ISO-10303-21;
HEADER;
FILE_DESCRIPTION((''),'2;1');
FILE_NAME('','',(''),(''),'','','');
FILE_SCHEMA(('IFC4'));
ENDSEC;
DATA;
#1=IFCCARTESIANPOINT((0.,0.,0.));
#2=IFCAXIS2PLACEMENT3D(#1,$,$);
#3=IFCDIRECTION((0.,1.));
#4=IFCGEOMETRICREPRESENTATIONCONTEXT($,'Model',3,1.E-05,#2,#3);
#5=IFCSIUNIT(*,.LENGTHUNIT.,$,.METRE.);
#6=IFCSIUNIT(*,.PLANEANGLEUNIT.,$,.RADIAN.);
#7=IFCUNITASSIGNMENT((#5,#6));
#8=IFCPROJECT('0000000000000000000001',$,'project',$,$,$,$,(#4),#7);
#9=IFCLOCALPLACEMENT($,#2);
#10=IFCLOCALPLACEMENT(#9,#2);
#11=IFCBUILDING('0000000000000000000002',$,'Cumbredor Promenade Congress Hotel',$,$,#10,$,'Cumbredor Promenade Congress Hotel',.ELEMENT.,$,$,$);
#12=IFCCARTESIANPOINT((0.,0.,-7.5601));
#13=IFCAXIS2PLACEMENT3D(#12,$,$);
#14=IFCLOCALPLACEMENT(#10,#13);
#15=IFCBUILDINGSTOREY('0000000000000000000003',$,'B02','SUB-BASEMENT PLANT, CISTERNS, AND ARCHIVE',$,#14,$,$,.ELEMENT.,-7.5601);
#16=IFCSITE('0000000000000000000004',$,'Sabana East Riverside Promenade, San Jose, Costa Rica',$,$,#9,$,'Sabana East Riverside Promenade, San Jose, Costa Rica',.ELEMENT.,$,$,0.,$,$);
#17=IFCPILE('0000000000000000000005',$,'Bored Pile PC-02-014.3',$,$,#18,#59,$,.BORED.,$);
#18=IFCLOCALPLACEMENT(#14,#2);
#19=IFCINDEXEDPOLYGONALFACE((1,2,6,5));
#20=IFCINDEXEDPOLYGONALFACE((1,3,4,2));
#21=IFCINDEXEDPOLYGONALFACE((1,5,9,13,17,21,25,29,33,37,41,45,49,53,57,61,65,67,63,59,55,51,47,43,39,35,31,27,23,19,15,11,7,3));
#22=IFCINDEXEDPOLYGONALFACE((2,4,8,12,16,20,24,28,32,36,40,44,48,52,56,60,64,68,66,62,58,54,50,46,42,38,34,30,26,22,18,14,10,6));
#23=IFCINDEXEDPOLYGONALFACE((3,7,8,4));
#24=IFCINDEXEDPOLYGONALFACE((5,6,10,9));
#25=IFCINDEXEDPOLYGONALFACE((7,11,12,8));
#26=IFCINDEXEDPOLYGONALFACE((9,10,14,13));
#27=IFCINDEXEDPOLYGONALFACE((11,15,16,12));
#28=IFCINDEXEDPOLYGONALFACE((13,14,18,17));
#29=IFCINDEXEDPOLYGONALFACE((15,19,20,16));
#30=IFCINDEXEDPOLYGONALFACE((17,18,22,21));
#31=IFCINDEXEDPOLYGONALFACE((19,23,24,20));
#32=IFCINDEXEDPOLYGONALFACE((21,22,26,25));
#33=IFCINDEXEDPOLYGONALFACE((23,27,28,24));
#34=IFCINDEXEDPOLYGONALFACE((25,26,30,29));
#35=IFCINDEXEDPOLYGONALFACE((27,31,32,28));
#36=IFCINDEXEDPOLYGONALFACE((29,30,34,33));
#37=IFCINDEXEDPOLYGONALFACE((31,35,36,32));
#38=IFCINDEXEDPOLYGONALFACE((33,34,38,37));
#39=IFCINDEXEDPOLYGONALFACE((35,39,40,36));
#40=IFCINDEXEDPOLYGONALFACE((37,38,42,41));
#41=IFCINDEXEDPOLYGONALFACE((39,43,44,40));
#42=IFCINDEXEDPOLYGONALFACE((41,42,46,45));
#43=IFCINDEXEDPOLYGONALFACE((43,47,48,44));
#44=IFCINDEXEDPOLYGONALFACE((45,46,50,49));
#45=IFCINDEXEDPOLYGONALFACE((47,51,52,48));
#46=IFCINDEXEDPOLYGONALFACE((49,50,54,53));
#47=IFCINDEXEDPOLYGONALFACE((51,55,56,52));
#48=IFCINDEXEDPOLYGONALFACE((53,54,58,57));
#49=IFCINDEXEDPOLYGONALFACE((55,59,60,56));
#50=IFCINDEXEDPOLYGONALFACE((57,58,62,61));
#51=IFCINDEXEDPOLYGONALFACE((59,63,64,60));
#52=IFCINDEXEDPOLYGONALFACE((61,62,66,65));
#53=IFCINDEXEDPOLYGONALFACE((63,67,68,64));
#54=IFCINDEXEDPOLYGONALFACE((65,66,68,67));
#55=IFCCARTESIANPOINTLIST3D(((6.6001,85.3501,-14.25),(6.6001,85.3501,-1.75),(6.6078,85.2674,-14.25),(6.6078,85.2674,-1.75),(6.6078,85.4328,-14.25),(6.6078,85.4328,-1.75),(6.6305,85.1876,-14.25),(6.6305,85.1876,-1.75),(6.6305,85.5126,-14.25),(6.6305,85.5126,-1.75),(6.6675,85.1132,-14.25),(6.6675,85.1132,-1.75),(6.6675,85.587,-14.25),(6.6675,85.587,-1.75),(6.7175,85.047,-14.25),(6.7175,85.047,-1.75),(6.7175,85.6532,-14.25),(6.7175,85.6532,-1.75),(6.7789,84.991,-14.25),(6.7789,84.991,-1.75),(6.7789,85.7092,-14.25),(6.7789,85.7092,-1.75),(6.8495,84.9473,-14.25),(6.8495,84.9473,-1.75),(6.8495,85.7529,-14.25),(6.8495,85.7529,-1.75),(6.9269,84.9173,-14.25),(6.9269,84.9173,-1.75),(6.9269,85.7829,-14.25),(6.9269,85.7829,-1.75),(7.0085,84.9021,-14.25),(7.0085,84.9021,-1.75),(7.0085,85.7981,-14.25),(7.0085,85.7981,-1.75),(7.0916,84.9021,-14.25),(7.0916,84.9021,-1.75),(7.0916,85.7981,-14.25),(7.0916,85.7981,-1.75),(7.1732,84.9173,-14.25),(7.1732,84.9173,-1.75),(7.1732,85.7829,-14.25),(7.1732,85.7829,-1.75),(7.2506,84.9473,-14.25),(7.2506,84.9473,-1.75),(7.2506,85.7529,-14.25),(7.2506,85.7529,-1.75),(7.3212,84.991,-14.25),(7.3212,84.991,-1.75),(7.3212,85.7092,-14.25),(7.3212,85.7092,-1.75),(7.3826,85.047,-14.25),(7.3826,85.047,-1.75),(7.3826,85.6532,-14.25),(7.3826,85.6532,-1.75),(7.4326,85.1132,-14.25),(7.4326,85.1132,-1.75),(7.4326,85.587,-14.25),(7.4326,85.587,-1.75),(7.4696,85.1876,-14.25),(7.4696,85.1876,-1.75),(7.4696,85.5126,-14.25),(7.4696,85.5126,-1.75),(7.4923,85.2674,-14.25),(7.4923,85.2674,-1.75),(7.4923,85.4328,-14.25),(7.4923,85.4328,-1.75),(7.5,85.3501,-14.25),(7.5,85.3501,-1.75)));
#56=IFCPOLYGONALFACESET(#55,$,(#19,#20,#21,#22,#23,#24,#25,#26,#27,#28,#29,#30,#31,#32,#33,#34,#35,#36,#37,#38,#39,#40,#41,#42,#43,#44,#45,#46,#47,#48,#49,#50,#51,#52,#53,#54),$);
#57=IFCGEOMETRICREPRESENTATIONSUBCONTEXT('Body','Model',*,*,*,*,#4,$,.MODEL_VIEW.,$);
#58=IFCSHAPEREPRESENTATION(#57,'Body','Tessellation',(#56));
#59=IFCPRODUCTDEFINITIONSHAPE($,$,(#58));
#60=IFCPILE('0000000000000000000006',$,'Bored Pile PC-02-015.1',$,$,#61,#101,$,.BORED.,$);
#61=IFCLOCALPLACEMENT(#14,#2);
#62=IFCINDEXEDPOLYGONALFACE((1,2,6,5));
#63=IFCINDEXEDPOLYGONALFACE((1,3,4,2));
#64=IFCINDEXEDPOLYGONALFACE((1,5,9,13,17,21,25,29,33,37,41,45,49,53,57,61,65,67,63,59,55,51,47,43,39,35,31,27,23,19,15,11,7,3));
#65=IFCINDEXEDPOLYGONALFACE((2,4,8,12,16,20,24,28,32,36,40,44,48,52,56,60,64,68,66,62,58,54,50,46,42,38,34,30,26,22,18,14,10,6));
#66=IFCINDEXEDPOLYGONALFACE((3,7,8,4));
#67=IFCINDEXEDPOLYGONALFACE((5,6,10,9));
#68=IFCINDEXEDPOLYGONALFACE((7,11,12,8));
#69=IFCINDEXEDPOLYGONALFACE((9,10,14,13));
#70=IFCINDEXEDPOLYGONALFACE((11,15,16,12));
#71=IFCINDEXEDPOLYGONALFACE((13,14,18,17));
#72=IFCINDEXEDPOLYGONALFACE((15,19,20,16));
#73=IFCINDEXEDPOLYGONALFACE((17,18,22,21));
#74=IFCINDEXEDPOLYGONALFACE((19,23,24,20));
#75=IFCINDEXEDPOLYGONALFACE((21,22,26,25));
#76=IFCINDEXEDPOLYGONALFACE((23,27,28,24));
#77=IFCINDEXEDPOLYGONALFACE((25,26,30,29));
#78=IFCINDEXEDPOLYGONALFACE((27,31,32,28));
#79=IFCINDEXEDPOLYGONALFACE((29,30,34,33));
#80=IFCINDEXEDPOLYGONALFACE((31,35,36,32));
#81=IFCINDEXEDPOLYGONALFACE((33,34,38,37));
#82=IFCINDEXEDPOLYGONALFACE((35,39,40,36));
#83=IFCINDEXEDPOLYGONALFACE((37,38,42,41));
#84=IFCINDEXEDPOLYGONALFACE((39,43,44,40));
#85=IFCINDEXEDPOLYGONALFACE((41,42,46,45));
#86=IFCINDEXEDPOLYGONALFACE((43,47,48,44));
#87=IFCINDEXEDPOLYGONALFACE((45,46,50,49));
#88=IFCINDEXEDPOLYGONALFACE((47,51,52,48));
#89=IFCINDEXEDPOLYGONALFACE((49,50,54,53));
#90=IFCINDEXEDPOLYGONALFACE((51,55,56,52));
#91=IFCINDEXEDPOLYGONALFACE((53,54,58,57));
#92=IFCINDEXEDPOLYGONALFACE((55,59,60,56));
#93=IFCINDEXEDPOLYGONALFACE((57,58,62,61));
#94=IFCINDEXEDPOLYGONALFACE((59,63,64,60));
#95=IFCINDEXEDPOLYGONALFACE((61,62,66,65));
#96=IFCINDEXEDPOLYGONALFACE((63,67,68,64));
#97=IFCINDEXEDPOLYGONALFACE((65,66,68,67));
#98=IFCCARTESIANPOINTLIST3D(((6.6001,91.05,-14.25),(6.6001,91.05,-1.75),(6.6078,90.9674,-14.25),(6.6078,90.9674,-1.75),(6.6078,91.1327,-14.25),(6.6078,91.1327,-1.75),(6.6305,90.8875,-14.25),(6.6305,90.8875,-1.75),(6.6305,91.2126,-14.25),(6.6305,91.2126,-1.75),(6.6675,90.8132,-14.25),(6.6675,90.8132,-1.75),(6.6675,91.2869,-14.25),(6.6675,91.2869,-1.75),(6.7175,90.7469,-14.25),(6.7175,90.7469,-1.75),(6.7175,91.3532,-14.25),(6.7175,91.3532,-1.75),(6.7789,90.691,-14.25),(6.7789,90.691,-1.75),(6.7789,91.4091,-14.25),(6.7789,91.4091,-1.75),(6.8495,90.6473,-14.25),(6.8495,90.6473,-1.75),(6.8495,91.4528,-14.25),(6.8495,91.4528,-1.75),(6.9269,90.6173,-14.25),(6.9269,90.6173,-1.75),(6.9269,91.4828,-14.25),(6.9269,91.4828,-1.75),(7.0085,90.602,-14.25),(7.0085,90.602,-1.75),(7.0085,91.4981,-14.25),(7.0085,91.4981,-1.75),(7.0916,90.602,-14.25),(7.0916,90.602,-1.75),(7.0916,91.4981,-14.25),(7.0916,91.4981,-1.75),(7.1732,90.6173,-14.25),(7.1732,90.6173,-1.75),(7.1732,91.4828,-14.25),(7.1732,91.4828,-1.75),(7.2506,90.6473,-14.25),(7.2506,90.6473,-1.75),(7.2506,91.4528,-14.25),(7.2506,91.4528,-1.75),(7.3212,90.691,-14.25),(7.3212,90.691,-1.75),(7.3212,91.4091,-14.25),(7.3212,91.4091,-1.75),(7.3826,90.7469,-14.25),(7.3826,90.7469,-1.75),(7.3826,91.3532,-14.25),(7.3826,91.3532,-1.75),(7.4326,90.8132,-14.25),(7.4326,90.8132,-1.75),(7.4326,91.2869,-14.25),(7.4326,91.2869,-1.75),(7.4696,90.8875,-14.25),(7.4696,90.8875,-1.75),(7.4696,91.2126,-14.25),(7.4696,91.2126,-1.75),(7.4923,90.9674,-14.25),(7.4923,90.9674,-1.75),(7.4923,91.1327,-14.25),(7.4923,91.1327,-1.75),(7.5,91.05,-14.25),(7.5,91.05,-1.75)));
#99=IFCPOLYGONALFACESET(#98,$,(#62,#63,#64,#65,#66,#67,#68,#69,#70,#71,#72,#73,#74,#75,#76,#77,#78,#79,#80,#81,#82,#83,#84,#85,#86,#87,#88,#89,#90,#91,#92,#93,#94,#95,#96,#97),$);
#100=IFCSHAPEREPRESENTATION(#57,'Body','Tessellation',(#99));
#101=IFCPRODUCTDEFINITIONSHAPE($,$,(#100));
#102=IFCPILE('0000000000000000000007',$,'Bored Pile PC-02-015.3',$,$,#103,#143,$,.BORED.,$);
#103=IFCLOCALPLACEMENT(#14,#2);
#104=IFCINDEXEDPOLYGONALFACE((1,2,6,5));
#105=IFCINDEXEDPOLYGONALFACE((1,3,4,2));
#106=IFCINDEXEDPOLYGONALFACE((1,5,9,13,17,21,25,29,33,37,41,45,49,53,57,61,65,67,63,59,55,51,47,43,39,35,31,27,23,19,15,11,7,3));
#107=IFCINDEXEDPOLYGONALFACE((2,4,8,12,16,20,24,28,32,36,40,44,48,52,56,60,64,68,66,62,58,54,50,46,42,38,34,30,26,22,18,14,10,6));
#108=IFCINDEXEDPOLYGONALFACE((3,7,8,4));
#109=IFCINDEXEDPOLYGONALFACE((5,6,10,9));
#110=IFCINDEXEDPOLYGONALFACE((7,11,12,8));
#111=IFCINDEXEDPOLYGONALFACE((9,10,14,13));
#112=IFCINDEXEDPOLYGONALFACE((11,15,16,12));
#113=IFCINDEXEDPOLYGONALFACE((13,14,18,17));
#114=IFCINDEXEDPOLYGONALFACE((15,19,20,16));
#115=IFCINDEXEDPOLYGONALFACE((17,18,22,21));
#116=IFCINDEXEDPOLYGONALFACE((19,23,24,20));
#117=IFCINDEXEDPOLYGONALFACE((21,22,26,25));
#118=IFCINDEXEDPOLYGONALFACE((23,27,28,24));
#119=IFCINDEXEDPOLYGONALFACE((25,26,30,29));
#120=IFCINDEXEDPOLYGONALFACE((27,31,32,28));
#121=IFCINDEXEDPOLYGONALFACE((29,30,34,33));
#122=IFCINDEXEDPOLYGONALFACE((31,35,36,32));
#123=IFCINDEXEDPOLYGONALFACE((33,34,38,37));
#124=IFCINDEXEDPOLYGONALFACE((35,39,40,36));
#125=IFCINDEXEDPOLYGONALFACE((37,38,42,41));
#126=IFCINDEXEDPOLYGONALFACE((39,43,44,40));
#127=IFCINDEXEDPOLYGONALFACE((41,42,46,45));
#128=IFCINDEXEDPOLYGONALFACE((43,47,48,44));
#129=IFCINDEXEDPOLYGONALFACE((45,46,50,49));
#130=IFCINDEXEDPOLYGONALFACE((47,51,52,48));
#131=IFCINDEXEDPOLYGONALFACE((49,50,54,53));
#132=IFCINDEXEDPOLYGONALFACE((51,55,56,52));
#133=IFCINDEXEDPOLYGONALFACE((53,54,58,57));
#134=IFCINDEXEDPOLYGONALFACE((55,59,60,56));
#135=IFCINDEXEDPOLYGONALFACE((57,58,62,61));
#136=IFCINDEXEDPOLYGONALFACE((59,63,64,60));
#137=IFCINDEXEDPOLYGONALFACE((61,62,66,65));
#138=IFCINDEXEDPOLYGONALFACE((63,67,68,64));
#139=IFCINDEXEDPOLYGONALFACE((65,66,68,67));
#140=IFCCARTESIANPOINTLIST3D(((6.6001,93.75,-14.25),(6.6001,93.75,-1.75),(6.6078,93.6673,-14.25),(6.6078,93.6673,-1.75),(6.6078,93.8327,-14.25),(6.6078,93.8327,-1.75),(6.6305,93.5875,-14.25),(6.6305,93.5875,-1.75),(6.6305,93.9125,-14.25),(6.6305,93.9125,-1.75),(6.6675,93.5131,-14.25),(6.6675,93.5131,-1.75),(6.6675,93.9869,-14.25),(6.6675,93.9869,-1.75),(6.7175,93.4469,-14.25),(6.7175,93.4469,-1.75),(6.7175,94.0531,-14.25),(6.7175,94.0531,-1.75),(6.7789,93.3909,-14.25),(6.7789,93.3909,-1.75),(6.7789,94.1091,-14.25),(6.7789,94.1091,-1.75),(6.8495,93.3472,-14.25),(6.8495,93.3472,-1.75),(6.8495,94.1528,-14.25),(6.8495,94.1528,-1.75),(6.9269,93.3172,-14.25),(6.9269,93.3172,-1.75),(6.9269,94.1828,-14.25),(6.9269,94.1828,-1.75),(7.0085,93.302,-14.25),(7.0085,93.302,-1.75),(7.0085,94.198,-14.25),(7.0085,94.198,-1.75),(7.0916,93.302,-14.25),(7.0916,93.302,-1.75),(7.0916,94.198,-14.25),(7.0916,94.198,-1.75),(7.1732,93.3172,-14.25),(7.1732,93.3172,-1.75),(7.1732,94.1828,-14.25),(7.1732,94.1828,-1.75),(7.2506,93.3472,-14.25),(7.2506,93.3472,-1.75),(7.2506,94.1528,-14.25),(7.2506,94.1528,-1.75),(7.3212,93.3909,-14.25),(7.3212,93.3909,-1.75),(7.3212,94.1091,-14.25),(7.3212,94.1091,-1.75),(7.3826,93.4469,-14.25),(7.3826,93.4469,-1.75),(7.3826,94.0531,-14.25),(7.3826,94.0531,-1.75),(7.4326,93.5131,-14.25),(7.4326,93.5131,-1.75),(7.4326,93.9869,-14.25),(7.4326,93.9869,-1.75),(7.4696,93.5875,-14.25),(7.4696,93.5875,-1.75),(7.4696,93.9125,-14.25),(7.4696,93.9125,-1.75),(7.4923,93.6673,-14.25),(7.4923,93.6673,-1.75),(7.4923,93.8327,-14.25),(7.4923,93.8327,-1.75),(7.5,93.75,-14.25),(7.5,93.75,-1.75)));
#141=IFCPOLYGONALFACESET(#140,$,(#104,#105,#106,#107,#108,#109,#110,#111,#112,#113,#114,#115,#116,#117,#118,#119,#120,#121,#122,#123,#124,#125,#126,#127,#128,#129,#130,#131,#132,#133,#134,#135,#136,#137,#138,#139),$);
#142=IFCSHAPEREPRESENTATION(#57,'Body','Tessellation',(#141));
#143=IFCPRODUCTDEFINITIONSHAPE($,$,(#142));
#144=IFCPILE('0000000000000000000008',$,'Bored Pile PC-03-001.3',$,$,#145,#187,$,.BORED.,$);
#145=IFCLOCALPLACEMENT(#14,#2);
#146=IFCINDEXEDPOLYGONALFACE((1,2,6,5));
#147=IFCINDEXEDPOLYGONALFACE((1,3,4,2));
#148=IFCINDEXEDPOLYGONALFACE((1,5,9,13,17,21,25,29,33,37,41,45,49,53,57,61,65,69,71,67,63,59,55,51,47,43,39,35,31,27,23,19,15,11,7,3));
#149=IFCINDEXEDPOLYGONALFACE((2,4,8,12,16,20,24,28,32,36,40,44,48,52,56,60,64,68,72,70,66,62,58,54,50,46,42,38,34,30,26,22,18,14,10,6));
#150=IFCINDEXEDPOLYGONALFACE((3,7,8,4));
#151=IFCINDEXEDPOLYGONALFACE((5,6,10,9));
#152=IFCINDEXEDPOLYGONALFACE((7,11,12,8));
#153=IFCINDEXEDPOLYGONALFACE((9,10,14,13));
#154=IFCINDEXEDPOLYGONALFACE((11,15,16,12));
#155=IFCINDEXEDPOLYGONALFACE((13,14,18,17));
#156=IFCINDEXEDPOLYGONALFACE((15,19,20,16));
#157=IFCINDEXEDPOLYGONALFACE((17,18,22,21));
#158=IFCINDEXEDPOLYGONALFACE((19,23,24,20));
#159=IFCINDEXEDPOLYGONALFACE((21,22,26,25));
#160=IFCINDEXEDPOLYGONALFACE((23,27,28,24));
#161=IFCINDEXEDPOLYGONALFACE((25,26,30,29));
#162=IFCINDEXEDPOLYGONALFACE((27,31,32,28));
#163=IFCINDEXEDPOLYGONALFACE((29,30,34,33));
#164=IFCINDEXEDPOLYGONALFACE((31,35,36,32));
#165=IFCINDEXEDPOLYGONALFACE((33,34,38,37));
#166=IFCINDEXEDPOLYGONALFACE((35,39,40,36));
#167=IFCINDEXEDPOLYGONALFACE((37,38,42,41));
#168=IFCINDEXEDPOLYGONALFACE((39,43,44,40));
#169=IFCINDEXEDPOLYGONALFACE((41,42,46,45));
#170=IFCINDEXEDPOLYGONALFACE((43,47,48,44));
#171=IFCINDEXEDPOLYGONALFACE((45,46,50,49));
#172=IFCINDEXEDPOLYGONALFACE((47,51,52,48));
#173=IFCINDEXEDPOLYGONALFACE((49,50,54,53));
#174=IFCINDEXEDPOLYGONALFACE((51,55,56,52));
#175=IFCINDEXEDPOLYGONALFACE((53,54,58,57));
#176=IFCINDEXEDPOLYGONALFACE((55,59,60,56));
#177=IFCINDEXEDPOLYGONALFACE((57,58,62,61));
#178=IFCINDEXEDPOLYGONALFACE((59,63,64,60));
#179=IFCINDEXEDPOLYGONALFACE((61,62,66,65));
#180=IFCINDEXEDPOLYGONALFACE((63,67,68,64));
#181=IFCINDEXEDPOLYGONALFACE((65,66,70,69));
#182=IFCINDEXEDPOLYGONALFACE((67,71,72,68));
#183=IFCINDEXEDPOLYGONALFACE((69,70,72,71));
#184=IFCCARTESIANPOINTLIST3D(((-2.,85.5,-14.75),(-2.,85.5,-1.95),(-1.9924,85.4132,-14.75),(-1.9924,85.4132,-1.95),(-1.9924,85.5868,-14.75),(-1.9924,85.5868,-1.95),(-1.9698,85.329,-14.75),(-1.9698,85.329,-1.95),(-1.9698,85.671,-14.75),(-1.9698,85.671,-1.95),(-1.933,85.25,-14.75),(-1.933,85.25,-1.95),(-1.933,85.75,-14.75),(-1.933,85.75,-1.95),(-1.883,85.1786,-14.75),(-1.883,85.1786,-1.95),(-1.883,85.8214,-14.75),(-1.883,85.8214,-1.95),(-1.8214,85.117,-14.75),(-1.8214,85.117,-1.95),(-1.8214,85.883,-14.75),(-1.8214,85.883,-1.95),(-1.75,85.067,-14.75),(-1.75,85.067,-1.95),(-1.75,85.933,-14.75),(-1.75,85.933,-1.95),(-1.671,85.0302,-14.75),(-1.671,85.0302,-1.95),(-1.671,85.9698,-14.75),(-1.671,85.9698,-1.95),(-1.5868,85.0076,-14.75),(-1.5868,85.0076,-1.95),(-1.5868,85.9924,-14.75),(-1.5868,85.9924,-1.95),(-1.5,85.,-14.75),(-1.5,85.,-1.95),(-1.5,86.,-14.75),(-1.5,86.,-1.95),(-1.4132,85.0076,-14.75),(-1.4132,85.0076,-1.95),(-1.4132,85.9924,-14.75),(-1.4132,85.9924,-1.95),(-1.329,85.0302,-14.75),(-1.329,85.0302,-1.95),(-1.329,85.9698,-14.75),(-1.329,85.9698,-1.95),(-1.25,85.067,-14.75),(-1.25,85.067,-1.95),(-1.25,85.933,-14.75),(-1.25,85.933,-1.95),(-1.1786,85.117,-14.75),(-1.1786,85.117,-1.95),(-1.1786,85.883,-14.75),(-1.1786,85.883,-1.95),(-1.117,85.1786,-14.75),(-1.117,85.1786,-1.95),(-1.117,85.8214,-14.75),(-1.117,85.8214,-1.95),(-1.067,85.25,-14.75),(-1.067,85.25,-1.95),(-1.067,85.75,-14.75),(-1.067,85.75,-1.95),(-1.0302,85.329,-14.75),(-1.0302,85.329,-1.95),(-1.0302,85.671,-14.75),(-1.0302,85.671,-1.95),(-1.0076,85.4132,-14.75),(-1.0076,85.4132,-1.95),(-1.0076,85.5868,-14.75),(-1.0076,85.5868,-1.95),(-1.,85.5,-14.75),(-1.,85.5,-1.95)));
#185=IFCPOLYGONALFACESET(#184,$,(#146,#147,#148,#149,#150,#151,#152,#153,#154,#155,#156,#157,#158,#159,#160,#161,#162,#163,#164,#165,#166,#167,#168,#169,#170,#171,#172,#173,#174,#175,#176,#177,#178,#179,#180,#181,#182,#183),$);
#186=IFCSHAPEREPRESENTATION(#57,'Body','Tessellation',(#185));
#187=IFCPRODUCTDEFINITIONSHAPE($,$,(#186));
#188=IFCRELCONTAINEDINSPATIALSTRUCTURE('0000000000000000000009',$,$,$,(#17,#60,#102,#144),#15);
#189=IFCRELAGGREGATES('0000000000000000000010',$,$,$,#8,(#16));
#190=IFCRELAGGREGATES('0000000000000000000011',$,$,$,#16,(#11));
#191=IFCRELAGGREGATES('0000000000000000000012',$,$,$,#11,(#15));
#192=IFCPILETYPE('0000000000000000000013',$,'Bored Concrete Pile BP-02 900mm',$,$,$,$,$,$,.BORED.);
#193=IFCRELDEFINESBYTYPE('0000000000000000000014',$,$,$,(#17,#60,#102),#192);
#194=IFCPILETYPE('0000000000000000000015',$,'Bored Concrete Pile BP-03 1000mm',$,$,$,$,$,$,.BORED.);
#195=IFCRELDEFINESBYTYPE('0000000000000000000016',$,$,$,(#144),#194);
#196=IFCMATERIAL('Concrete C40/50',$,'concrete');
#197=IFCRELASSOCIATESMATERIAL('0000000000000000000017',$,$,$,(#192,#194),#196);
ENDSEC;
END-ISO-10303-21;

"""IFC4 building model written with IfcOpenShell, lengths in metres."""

from ifc_helpers import new_model, si_unit, direction, frame, origin, origin_2d, place, context, subcontext, project, spatial, circle, extrude, material, material_profile, profile_set, type_object, element, save


model = new_model("IFC4")

# Units and contexts
model_context = context("Model", 3, precision=1e-05, world=origin(), true_north=direction((0.0, 1.0)))
body_context = subcontext(model_context, "Body", "Model", "MODEL_VIEW")
ifc_project = project(units=[si_unit("LENGTHUNIT", "METRE"), si_unit("PLANEANGLEUNIT", "RADIAN")], contexts=[model_context])

# Site, building, storey
site_placement = place(None, origin())
site = spatial("IfcSite", under=ifc_project, at=site_placement, Name="Sabana East Riverside Promenade, San Jose, Costa Rica", LongName="Sabana East Riverside Promenade, San Jose, Costa Rica", CompositionType="ELEMENT", RefElevation=0.0)
building_placement = place(site_placement, origin())
building = spatial("IfcBuilding", under=site, at=building_placement, Name="Cumbredor Promenade Congress Hotel", LongName="Cumbredor Promenade Congress Hotel", CompositionType="ELEMENT")
storey_placement = place(building_placement, frame((0.0, 0.0, -7.5601)))
storey = spatial("IfcBuildingStorey", under=building, at=storey_placement, Name="B02", Description="SUB-BASEMENT PLANT, CISTERNS, AND ARCHIVE", CompositionType="ELEMENT", Elevation=-7.5601)

# Piles
ifc_material_1 = material(Name="Concrete C40/50", Category="concrete")
ifc_material_profile_1 = material_profile(ifc_material_1, circle(Radius=0.45, at=origin_2d()), Name="PILE D900")
ifc_profile_set_1 = profile_set([ifc_material_profile_1], Name="Concrete C40/50")
pile_type_1 = type_object("IfcPileType", Name="Bored Concrete Pile BP-02 900mm", PredefinedType="BORED", material=ifc_profile_set_1)
for number, where, z_axis, x_axis, name in (
    (1, (7.05, 85.3501, -1.75), (0.0, 0.0, -1.0), (1.0, 0.0, 0.0), "Bored Pile PC-02-014.3"),
    (2, (7.05, 91.05, -1.75), (0.0, 0.0, -1.0), (1.0, 0.0, 0.0), "Bored Pile PC-02-015.1"),
    (3, (7.05, 93.75, -1.75), (0.0, 0.0, -1.0), (1.0, 0.0, 0.0), "Bored Pile PC-02-015.3"),
):
    element("IfcPile", number, at=place(storey_placement, frame(where, z_axis=z_axis, x_axis=x_axis)), inside=storey, type_object=pile_type_1, Name=name, PredefinedType="BORED", context=body_context, shape_type="SweptSolid", body=[
        extrude(circle(Radius=0.45, at=origin_2d()), origin(), (0.0, 0.0, 1.0), 12.5),
    ])
ifc_material_profile_2 = material_profile(ifc_material_1, circle(Radius=0.5, at=origin_2d()), Name="PILE D1000")
ifc_profile_set_2 = profile_set([ifc_material_profile_2], Name="Concrete C40/50")
pile_type_2 = type_object("IfcPileType", Name="Bored Concrete Pile BP-03 1000mm", PredefinedType="BORED", material=ifc_profile_set_2)
for number, where, z_axis, x_axis, name in (
    (4, (-1.5, 85.5, -1.95), (0.0, 0.0, -1.0), (1.0, 0.0, 0.0), "Bored Pile PC-03-001.3"),
):
    element("IfcPile", number, at=place(storey_placement, frame(where, z_axis=z_axis, x_axis=x_axis)), inside=storey, type_object=pile_type_2, Name=name, PredefinedType="BORED", context=body_context, shape_type="SweptSolid", body=[
        extrude(circle(Radius=0.5, at=origin_2d()), origin(), (0.0, 0.0, 1.0), 12.8),
    ])

save(model, "model.ifc")
